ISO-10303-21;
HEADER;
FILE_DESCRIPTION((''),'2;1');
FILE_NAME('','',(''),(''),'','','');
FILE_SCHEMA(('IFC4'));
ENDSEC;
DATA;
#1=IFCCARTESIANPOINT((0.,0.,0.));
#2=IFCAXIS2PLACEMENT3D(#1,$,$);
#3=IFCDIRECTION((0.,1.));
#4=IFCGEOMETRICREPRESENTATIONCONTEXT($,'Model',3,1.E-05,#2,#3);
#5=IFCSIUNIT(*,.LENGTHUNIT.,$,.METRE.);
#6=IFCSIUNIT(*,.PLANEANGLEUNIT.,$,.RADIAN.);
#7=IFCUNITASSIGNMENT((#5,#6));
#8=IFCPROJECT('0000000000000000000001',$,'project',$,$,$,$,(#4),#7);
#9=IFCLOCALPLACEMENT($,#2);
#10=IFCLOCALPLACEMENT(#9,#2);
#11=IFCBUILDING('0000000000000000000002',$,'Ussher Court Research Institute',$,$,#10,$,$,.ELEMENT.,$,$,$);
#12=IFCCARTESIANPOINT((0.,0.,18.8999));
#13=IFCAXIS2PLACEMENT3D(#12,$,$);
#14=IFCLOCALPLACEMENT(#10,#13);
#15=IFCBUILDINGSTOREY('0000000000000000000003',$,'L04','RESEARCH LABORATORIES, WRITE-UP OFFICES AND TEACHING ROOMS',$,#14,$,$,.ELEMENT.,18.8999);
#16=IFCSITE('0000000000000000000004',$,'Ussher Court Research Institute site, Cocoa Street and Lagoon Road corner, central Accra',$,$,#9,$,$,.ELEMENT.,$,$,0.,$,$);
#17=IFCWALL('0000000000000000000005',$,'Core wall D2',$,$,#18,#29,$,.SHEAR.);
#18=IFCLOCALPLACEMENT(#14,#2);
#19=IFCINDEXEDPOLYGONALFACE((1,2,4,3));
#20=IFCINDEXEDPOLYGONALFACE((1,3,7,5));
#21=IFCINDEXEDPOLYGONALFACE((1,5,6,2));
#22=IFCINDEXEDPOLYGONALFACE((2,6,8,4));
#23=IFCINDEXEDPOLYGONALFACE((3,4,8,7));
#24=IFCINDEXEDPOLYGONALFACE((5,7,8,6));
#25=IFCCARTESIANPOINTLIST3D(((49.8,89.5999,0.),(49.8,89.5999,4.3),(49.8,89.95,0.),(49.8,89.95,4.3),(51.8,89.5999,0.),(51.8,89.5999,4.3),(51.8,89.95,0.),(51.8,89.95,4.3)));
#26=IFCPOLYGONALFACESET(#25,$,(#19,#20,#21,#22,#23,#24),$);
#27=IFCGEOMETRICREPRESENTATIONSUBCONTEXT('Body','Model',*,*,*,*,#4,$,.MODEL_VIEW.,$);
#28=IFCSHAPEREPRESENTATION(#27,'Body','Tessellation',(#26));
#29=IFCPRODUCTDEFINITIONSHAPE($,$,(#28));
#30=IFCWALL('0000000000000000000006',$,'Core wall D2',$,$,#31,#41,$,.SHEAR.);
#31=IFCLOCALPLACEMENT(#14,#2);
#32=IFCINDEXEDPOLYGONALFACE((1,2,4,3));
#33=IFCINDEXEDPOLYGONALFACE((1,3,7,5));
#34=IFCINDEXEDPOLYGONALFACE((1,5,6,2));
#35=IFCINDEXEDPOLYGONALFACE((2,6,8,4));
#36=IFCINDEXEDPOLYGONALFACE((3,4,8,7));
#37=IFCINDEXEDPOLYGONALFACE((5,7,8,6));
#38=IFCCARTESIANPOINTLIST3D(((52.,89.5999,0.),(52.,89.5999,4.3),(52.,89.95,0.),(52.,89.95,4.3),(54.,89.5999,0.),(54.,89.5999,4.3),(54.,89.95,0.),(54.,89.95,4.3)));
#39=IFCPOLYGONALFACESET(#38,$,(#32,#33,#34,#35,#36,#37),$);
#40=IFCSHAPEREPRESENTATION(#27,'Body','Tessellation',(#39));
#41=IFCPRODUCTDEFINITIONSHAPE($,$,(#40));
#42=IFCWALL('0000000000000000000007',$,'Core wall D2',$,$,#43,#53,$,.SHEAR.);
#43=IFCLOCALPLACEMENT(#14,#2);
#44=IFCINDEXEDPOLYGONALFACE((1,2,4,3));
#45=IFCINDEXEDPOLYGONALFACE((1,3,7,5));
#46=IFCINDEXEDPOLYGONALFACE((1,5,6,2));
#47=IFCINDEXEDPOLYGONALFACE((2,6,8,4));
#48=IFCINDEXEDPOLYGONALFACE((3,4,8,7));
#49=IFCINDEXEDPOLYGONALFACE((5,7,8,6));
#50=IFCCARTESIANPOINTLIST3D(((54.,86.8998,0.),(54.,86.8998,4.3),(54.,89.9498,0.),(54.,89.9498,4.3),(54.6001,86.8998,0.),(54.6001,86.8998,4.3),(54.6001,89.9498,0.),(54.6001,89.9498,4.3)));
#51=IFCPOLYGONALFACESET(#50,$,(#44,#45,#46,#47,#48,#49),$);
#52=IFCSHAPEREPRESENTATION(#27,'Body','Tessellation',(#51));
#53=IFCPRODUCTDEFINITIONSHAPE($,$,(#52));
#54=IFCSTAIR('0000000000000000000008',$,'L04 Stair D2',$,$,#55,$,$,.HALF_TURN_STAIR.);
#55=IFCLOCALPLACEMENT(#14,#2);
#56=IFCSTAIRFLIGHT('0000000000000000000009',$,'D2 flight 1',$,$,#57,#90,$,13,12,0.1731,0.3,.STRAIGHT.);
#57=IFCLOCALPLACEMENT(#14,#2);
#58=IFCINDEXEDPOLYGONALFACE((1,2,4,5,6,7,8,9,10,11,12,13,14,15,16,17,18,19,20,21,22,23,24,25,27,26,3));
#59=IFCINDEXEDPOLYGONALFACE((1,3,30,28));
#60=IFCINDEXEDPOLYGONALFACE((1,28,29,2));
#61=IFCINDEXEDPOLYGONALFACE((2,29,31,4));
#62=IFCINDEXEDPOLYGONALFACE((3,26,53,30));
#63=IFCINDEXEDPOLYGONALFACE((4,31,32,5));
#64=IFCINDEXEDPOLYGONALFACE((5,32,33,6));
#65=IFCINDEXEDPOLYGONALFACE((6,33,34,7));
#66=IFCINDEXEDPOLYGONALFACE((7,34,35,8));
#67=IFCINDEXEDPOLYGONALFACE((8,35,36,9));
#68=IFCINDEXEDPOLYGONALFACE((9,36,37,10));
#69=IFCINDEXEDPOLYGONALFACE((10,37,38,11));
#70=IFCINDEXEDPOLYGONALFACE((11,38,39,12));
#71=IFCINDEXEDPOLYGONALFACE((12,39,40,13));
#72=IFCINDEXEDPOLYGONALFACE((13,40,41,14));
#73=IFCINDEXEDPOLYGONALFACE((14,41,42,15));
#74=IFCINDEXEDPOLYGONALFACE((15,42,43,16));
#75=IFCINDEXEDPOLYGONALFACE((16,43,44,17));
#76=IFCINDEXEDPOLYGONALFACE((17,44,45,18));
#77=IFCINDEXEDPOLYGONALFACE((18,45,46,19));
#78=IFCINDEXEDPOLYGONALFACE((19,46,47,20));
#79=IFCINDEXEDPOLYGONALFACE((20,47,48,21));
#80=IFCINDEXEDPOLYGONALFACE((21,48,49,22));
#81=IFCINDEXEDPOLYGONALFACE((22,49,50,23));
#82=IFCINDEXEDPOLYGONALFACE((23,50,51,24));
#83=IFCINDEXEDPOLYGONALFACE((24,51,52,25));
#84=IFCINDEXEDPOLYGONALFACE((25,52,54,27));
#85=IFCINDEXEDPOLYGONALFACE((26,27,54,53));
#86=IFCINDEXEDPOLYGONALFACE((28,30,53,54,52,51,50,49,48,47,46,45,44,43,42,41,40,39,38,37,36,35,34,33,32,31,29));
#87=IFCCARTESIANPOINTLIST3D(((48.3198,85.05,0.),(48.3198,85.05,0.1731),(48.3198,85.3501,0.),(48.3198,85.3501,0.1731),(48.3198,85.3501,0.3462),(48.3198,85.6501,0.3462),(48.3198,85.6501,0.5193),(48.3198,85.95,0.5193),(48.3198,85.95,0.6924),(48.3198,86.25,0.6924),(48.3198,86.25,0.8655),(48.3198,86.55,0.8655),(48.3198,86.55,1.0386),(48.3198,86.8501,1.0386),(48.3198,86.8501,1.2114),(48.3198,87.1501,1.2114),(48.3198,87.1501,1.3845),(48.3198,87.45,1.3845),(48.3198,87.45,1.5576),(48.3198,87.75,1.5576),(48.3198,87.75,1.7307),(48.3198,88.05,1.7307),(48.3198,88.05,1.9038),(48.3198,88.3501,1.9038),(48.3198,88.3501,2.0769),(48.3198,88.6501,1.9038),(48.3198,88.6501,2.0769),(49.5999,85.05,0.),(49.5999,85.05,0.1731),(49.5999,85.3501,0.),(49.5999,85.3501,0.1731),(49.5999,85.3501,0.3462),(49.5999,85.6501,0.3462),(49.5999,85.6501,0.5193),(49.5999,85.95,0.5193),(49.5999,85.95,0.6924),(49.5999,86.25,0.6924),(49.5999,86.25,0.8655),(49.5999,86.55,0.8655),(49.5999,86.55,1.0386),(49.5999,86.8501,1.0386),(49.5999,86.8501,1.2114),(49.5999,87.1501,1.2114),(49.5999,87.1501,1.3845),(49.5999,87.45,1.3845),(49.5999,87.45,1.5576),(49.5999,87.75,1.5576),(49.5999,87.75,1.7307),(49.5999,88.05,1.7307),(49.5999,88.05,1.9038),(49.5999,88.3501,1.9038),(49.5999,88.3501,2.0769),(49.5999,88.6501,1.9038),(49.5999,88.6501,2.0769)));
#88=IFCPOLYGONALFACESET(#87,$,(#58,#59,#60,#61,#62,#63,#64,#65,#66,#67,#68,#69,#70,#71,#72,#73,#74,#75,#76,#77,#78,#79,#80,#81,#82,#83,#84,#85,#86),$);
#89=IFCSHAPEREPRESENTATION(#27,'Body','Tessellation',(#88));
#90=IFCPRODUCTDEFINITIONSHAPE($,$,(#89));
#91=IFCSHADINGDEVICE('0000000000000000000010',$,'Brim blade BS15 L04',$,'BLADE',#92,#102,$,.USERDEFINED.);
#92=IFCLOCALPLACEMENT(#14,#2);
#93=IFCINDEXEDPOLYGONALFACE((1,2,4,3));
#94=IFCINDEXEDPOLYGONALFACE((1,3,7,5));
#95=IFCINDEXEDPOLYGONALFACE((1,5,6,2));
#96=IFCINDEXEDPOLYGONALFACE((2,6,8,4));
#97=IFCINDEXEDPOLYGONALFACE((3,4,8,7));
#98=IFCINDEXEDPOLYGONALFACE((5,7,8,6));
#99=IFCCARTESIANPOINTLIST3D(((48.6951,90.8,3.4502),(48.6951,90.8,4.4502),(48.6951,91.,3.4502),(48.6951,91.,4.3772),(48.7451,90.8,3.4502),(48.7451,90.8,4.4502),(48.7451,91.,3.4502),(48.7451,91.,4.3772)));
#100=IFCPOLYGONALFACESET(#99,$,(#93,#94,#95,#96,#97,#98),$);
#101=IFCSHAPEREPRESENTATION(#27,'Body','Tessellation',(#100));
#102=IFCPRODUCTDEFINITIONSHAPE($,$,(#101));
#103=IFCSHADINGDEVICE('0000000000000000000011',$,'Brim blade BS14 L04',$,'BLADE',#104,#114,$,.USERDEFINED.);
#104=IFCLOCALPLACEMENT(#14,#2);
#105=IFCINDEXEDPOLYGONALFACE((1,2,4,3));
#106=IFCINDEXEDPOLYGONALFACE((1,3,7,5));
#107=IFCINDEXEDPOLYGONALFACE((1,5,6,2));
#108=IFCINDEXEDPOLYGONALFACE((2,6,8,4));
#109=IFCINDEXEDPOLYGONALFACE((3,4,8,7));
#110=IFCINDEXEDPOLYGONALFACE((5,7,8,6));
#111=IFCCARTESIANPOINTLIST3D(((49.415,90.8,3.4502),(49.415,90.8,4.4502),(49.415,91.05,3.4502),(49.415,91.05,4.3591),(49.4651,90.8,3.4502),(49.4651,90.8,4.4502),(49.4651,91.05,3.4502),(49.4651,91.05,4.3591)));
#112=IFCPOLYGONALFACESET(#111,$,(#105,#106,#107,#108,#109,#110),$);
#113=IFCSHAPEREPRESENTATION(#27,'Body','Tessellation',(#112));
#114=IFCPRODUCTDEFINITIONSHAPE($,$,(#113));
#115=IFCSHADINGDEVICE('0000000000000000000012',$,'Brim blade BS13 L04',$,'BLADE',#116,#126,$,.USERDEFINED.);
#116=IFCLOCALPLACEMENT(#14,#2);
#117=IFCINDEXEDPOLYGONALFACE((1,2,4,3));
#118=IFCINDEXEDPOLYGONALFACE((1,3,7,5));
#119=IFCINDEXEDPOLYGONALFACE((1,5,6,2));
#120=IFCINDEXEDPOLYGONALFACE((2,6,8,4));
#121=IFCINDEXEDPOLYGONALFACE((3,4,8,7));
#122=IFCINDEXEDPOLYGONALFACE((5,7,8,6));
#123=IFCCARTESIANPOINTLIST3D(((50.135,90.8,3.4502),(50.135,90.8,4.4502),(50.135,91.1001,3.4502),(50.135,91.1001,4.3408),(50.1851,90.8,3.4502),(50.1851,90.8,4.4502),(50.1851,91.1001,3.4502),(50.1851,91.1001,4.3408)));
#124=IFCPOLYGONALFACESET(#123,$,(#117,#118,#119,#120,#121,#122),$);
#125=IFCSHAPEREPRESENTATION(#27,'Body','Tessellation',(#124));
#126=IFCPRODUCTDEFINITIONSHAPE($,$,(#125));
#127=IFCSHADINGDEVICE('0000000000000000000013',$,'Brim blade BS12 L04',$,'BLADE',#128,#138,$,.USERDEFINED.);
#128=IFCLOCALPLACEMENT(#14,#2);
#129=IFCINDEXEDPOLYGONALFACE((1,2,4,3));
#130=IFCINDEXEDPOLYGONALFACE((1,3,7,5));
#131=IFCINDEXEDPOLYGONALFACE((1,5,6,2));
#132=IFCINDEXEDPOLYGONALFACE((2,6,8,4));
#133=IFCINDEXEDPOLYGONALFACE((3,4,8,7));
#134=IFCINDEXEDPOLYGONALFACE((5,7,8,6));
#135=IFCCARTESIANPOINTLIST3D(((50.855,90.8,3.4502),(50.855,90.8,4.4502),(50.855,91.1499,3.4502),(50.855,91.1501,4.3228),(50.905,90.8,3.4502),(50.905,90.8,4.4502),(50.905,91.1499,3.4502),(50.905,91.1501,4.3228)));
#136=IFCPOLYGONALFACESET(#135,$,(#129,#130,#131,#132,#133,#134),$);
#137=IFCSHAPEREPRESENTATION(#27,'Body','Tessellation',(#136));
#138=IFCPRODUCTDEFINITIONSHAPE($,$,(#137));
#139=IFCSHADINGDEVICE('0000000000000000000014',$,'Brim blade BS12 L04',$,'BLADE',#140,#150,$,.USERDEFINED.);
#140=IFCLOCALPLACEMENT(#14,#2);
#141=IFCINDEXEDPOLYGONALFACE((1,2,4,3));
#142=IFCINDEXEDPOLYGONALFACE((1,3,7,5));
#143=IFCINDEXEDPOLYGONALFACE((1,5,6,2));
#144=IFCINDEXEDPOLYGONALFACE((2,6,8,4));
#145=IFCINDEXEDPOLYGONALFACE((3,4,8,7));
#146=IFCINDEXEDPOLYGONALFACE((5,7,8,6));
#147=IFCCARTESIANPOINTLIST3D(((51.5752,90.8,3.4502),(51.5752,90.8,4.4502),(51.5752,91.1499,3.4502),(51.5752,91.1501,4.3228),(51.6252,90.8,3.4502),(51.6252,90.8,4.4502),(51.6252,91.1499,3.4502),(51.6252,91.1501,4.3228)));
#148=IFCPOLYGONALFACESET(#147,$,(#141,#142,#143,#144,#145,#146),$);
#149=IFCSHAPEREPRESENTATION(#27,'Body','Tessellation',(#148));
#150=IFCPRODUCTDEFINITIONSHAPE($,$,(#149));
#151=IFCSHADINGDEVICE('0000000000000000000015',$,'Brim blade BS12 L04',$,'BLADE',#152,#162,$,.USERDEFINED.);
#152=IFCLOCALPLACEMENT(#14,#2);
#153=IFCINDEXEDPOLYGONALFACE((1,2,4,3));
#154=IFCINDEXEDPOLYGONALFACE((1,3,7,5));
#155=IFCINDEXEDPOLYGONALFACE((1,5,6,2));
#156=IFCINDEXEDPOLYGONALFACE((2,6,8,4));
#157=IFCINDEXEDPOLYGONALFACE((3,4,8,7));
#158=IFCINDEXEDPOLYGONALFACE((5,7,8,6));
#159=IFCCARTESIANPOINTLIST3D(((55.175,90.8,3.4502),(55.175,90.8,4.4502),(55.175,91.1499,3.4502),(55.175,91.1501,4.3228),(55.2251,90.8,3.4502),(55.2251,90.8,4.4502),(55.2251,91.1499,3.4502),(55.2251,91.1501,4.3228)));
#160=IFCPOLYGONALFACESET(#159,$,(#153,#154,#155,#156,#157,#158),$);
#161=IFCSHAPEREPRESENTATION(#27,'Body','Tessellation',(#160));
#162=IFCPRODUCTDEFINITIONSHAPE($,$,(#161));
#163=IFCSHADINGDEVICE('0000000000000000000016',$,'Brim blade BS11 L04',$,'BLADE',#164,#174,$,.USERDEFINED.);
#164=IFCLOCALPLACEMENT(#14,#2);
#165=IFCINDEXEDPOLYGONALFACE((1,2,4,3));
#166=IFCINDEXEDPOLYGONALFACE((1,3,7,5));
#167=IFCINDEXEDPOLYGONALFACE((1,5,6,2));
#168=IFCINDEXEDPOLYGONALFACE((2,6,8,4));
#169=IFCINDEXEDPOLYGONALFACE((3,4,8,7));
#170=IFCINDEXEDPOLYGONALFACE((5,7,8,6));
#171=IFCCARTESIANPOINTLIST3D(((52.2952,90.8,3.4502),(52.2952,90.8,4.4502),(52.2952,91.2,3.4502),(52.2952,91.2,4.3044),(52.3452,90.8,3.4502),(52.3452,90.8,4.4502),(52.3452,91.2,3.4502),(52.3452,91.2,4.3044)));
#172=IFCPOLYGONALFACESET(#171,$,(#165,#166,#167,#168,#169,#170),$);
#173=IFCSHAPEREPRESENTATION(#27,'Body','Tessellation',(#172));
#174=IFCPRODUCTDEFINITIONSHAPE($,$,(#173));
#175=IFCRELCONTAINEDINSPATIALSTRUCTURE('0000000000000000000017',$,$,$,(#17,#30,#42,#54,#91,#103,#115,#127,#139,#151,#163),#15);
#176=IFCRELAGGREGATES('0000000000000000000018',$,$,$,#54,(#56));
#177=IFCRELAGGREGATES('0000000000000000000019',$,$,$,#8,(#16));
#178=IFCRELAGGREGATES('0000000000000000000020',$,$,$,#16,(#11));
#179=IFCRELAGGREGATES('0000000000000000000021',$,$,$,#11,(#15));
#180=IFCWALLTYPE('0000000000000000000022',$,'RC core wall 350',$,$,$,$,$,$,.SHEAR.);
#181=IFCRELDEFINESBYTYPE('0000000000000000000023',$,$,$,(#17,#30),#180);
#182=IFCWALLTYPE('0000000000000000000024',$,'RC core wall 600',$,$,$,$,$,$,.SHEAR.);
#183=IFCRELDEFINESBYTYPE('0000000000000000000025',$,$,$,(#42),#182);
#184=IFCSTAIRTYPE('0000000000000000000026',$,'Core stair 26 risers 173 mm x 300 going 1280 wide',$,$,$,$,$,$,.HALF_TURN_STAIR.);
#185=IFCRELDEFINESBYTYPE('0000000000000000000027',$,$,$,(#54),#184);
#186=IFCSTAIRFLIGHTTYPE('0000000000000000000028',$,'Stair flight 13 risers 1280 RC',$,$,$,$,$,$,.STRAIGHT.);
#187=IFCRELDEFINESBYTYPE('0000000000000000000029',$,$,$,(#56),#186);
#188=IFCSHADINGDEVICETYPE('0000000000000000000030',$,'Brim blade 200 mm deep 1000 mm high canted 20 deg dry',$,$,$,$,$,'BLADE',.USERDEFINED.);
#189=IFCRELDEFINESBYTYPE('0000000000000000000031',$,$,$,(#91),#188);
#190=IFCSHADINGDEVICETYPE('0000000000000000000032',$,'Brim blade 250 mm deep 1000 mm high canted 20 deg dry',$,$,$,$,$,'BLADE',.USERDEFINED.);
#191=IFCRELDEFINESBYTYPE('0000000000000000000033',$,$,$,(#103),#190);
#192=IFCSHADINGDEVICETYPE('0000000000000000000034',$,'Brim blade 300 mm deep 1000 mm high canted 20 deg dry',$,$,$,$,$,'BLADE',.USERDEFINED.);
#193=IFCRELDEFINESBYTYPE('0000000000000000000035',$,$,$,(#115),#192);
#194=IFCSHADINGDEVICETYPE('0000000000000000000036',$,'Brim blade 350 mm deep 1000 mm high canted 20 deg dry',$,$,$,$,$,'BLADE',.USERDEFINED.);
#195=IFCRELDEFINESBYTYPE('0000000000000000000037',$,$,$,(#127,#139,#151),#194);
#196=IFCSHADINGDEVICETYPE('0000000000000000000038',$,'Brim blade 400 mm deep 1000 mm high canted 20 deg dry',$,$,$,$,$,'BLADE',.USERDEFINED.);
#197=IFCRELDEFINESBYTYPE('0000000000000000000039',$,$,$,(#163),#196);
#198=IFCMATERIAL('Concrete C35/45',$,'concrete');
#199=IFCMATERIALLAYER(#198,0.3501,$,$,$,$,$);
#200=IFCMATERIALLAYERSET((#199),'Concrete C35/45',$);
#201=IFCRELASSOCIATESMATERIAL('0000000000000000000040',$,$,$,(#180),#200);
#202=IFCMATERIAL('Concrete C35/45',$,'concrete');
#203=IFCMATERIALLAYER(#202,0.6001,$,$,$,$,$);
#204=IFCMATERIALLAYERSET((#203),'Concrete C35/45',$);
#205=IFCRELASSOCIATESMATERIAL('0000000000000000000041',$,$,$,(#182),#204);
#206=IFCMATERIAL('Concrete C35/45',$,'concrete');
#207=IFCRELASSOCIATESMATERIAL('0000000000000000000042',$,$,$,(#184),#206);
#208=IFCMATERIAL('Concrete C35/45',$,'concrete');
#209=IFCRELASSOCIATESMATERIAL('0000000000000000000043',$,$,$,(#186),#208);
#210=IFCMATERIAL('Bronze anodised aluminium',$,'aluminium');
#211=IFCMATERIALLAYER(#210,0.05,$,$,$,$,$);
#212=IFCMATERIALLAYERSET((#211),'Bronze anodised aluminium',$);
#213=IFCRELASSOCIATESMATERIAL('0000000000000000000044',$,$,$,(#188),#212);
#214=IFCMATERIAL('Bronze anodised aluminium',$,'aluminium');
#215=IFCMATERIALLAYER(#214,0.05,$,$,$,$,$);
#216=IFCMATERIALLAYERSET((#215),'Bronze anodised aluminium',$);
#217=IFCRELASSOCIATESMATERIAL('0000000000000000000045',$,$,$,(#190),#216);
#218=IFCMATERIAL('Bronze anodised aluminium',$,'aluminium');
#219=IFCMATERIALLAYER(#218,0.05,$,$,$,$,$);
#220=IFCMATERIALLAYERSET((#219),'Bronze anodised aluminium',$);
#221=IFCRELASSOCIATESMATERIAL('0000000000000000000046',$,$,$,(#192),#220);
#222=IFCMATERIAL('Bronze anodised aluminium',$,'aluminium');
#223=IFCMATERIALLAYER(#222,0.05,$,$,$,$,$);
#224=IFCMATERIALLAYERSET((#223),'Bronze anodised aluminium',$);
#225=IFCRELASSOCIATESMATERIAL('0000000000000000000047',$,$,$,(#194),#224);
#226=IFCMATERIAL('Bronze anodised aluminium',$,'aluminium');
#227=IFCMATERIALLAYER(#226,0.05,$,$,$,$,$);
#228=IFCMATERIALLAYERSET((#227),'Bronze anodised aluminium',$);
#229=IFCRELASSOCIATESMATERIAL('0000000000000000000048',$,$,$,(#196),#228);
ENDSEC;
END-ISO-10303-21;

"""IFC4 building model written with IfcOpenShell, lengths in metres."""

from ifc_helpers import new_model, si_unit, direction, frame, frame_2d, origin, place, context, subcontext, project, spatial, polyline, rectangle, outline, extrude, material, layer, layer_set, type_object, element, aggregate, save


model = new_model("IFC4")

# Units and contexts
model_context = context("Model", 3, precision=1e-05, world=origin(), true_north=direction((0.0, 1.0)))
body_context = subcontext(model_context, "Body", "Model", "MODEL_VIEW")
ifc_project = project(units=[si_unit("LENGTHUNIT", "METRE"), si_unit("PLANEANGLEUNIT", "RADIAN")], contexts=[model_context])

# Site, building, storey
site_placement = place(None, origin())
site = spatial("IfcSite", under=ifc_project, at=site_placement, Name="Ussher Court Research Institute site, Cocoa Street and Lagoon Road corner, central Accra", CompositionType="ELEMENT", RefElevation=0.0)
building_placement = place(site_placement, origin())
building = spatial("IfcBuilding", under=site, at=building_placement, Name="Ussher Court Research Institute", CompositionType="ELEMENT")
storey_placement = place(building_placement, frame((0.0, 0.0, 18.8999)))
storey = spatial("IfcBuildingStorey", under=building, at=storey_placement, Name="L04", Description="RESEARCH LABORATORIES, WRITE-UP OFFICES AND TEACHING ROOMS", CompositionType="ELEMENT", Elevation=18.8999)

# Shared definitions
ifc_material_1 = material(Name="Concrete C35/45", Category="concrete")
ifc_layer_1 = layer(ifc_material_1, 0.3501)
ifc_layer_set_1 = layer_set([ifc_layer_1], Name="Concrete C35/45")
wall_type_1 = type_object("IfcWallType", Name="RC core wall 350", PredefinedType="SHEAR", material=ifc_layer_set_1)

# Walls
for number, where, z_axis, x_axis, name in (
    (1, (49.8, 89.7749, 0.0), (0.0, 0.0, 1.0), (1.0, 0.0, 0.0), "Core wall D2"),
    (2, (52.0, 89.7749, 0.0), (0.0, 0.0, 1.0), (1.0, 0.0, 0.0), "Core wall D2"),
):
    element("IfcWall", number, at=place(storey_placement, frame(where, z_axis=z_axis, x_axis=x_axis)), inside=storey, type_object=wall_type_1, Name=name, PredefinedType="SHEAR", context=body_context, shape_type="SweptSolid", body=[
        extrude(rectangle(XDim=2.0, YDim=0.3501, at=frame_2d((1.0, 0.0))), origin(), (0.0, 0.0, 1.0), 4.3),
    ])
ifc_material_2 = material(Name="Concrete C35/45", Category="concrete")
ifc_layer_2 = layer(ifc_material_2, 0.6001)
ifc_layer_set_2 = layer_set([ifc_layer_2], Name="Concrete C35/45")
wall_type_2 = type_object("IfcWallType", Name="RC core wall 600", PredefinedType="SHEAR", material=ifc_layer_set_2)
wall_1_placement = place(storey_placement, frame((54.3, 86.8999, 0.0), z_axis=(0.0, 0.0, 1.0), x_axis=(0.0, 1.0, 0.0)))
element("IfcWall", 3, at=wall_1_placement, inside=storey, type_object=wall_type_2, Name="Core wall D2", PredefinedType="SHEAR", context=body_context, shape_type="SweptSolid", body=[
    extrude(rectangle(XDim=3.05, YDim=0.6001, at=frame_2d((1.5249, 0.0))), origin(), (0.0, 0.0, 1.0), 4.3),
])

# Stair, stair flight
ifc_material_3 = material(Name="Concrete C35/45", Category="concrete")
stair_type = type_object("IfcStairType", Name="Core stair 26 risers 173 mm x 300 going 1280 wide", PredefinedType="HALF_TURN_STAIR", material=ifc_material_3)
stair_placement = place(storey_placement, origin())
stair = element("IfcStair", 4, at=stair_placement, inside=storey, type_object=stair_type, Name="L04 Stair D2", PredefinedType="HALF_TURN_STAIR")
ifc_material_4 = material(Name="Concrete C35/45", Category="concrete")
stair_flight_type = type_object("IfcStairFlightType", Name="Stair flight 13 risers 1280 RC", PredefinedType="STRAIGHT", material=ifc_material_4)
stair_flight_placement = place(storey_placement, frame((48.96, 85.05, 0.0), z_axis=(0.0, 0.0, 1.0), x_axis=(0.0, 1.0, 0.0)))
stair_flight = element("IfcStairFlight", 5, at=stair_flight_placement, type_object=stair_flight_type, Name="D2 flight 1", NumberOfRisers=13, NumberOfTreads=12, PredefinedType="STRAIGHT", RiserHeight=0.1731, TreadLength=0.3, context=body_context, shape_type="SweptSolid", body=[
    extrude(outline(polyline([(0.0, 0.0), (0.0, 0.1731), (0.3, 0.1731), (0.3, 0.3462), (0.6001, 0.3462), (0.6001, 0.5193), (0.8999, 0.5193), (0.8999, 0.6924), (1.2, 0.6924), (1.2, 0.8655), (1.5, 0.8655), (1.5, 1.0386), (1.8, 1.0386), (1.8, 1.2114), (2.1001, 1.2114), (2.1001, 1.3845), (2.3999, 1.3845), (2.3999, 1.5576), (2.7, 1.5576), (2.7, 1.7307), (3.0, 1.7307), (3.0, 1.9038), (3.3, 1.9038), (3.3, 2.0769), (3.6001, 2.0769), (3.6001, 2.25), (3.6001, 1.9038), (0.3, 0.0), (0.0, 0.0)])), frame((0.0, 0.6401, 0.0), z_axis=(0.0, -1.0, 0.0), x_axis=(1.0, 0.0, 0.0)), (0.0, 0.0, 1.0), 1.28),
])
aggregate(stair, [stair_flight])

# Shading devices
ifc_material_5 = material(Name="Bronze anodised aluminium", Category="aluminium")
ifc_layer_3 = layer(ifc_material_5, 0.05)
ifc_layer_set_3 = layer_set([ifc_layer_3], Name="Bronze anodised aluminium")
shading_device_type_1 = type_object("IfcShadingDeviceType", Name="Brim blade 200 mm deep 1000 mm high canted 20 deg dry", ElementType="BLADE", PredefinedType="USERDEFINED", material=ifc_layer_set_3)
shading_device_1_placement = place(storey_placement, frame((48.72, 90.8, 3.4502), z_axis=(0.0, 0.0, 1.0), x_axis=(0.0, 1.0, 0.0)))
element("IfcShadingDevice", 6, at=shading_device_1_placement, inside=storey, type_object=shading_device_type_1, Name="Brim blade BS15 L04", ObjectType="BLADE", PredefinedType="USERDEFINED", context=body_context, shape_type="SweptSolid", body=[
    extrude(outline(polyline([(0.0, 0.0), (0.2, 0.0), (0.2, 0.927), (0.0, 1.0), (0.0, 0.0)])), frame((0.0, 0.0249, 0.0), z_axis=(0.0, -1.0, 0.0), x_axis=(1.0, 0.0, 0.0)), (0.0, 0.0, 1.0), 0.05),
])
ifc_material_6 = material(Name="Bronze anodised aluminium", Category="aluminium")
ifc_layer_4 = layer(ifc_material_6, 0.05)
ifc_layer_set_4 = layer_set([ifc_layer_4], Name="Bronze anodised aluminium")
shading_device_type_2 = type_object("IfcShadingDeviceType", Name="Brim blade 250 mm deep 1000 mm high canted 20 deg dry", ElementType="BLADE", PredefinedType="USERDEFINED", material=ifc_layer_set_4)
shading_device_2_placement = place(storey_placement, frame((49.4399, 90.8, 3.4502), z_axis=(0.0, 0.0, 1.0), x_axis=(0.0, 1.0, 0.0)))
element("IfcShadingDevice", 7, at=shading_device_2_placement, inside=storey, type_object=shading_device_type_2, Name="Brim blade BS14 L04", ObjectType="BLADE", PredefinedType="USERDEFINED", context=body_context, shape_type="SweptSolid", body=[
    extrude(outline(polyline([(0.0, 0.0), (0.25, 0.0), (0.25, 0.9089), (0.0, 1.0), (0.0, 0.0)])), frame((0.0, 0.0249, 0.0), z_axis=(0.0, -1.0, 0.0), x_axis=(1.0, 0.0, 0.0)), (0.0, 0.0, 1.0), 0.05),
])
ifc_material_7 = material(Name="Bronze anodised aluminium", Category="aluminium")
ifc_layer_5 = layer(ifc_material_7, 0.05)
ifc_layer_set_5 = layer_set([ifc_layer_5], Name="Bronze anodised aluminium")
shading_device_type_3 = type_object("IfcShadingDeviceType", Name="Brim blade 300 mm deep 1000 mm high canted 20 deg dry", ElementType="BLADE", PredefinedType="USERDEFINED", material=ifc_layer_set_5)
shading_device_3_placement = place(storey_placement, frame((50.1599, 90.8, 3.4502), z_axis=(0.0, 0.0, 1.0), x_axis=(0.0, 1.0, 0.0)))
element("IfcShadingDevice", 8, at=shading_device_3_placement, inside=storey, type_object=shading_device_type_3, Name="Brim blade BS13 L04", ObjectType="BLADE", PredefinedType="USERDEFINED", context=body_context, shape_type="SweptSolid", body=[
    extrude(outline(polyline([(0.0, 0.0), (0.3, 0.0), (0.3, 0.8906), (0.0, 1.0), (0.0, 0.0)])), frame((0.0, 0.0249, 0.0), z_axis=(0.0, -1.0, 0.0), x_axis=(1.0, 0.0, 0.0)), (0.0, 0.0, 1.0), 0.05),
])
ifc_material_8 = material(Name="Bronze anodised aluminium", Category="aluminium")
ifc_layer_6 = layer(ifc_material_8, 0.05)
ifc_layer_set_6 = layer_set([ifc_layer_6], Name="Bronze anodised aluminium")
shading_device_type_4 = type_object("IfcShadingDeviceType", Name="Brim blade 350 mm deep 1000 mm high canted 20 deg dry", ElementType="BLADE", PredefinedType="USERDEFINED", material=ifc_layer_set_6)
for number, where, z_axis, x_axis, name in (
    (9, (50.8799, 90.8, 3.4502), (0.0, 0.0, 1.0), (0.0, 1.0, 0.0), "Brim blade BS12 L04"),
    (10, (51.6001, 90.8, 3.4502), (0.0, 0.0, 1.0), (0.0, 1.0, 0.0), "Brim blade BS12 L04"),
    (11, (55.2, 90.8, 3.4502), (0.0, 0.0, 1.0), (0.0, 1.0, 0.0), "Brim blade BS12 L04"),
):
    element("IfcShadingDevice", number, at=place(storey_placement, frame(where, z_axis=z_axis, x_axis=x_axis)), inside=storey, type_object=shading_device_type_4, Name=name, ObjectType="BLADE", PredefinedType="USERDEFINED", context=body_context, shape_type="SweptSolid", body=[
        extrude(outline(polyline([(0.0, 0.0), (0.3499, 0.0), (0.3501, 0.8726), (0.0, 1.0), (0.0, 0.0)])), frame((0.0, 0.0249, 0.0), z_axis=(0.0, -1.0, 0.0), x_axis=(1.0, 0.0, 0.0)), (0.0, 0.0, 1.0), 0.05),
    ])
ifc_material_9 = material(Name="Bronze anodised aluminium", Category="aluminium")
ifc_layer_7 = layer(ifc_material_9, 0.05)
ifc_layer_set_7 = layer_set([ifc_layer_7], Name="Bronze anodised aluminium")
shading_device_type_5 = type_object("IfcShadingDeviceType", Name="Brim blade 400 mm deep 1000 mm high canted 20 deg dry", ElementType="BLADE", PredefinedType="USERDEFINED", material=ifc_layer_set_7)
for number, where, z_axis, x_axis, name in (
    (12, (52.3201, 90.8, 3.4502), (0.0, 0.0, 1.0), (0.0, 1.0, 0.0), "Brim blade BS11 L04"),
):
    element("IfcShadingDevice", number, at=place(storey_placement, frame(where, z_axis=z_axis, x_axis=x_axis)), inside=storey, type_object=shading_device_type_5, Name=name, ObjectType="BLADE", PredefinedType="USERDEFINED", context=body_context, shape_type="SweptSolid", body=[
        extrude(outline(polyline([(0.0, 0.0), (0.3999, 0.0), (0.3999, 0.8542), (0.0, 1.0), (0.0, 0.0)])), frame((0.0, 0.0249, 0.0), z_axis=(0.0, -1.0, 0.0), x_axis=(1.0, 0.0, 0.0)), (0.0, 0.0, 1.0), 0.05),
    ])

save(model, "model.ifc")
